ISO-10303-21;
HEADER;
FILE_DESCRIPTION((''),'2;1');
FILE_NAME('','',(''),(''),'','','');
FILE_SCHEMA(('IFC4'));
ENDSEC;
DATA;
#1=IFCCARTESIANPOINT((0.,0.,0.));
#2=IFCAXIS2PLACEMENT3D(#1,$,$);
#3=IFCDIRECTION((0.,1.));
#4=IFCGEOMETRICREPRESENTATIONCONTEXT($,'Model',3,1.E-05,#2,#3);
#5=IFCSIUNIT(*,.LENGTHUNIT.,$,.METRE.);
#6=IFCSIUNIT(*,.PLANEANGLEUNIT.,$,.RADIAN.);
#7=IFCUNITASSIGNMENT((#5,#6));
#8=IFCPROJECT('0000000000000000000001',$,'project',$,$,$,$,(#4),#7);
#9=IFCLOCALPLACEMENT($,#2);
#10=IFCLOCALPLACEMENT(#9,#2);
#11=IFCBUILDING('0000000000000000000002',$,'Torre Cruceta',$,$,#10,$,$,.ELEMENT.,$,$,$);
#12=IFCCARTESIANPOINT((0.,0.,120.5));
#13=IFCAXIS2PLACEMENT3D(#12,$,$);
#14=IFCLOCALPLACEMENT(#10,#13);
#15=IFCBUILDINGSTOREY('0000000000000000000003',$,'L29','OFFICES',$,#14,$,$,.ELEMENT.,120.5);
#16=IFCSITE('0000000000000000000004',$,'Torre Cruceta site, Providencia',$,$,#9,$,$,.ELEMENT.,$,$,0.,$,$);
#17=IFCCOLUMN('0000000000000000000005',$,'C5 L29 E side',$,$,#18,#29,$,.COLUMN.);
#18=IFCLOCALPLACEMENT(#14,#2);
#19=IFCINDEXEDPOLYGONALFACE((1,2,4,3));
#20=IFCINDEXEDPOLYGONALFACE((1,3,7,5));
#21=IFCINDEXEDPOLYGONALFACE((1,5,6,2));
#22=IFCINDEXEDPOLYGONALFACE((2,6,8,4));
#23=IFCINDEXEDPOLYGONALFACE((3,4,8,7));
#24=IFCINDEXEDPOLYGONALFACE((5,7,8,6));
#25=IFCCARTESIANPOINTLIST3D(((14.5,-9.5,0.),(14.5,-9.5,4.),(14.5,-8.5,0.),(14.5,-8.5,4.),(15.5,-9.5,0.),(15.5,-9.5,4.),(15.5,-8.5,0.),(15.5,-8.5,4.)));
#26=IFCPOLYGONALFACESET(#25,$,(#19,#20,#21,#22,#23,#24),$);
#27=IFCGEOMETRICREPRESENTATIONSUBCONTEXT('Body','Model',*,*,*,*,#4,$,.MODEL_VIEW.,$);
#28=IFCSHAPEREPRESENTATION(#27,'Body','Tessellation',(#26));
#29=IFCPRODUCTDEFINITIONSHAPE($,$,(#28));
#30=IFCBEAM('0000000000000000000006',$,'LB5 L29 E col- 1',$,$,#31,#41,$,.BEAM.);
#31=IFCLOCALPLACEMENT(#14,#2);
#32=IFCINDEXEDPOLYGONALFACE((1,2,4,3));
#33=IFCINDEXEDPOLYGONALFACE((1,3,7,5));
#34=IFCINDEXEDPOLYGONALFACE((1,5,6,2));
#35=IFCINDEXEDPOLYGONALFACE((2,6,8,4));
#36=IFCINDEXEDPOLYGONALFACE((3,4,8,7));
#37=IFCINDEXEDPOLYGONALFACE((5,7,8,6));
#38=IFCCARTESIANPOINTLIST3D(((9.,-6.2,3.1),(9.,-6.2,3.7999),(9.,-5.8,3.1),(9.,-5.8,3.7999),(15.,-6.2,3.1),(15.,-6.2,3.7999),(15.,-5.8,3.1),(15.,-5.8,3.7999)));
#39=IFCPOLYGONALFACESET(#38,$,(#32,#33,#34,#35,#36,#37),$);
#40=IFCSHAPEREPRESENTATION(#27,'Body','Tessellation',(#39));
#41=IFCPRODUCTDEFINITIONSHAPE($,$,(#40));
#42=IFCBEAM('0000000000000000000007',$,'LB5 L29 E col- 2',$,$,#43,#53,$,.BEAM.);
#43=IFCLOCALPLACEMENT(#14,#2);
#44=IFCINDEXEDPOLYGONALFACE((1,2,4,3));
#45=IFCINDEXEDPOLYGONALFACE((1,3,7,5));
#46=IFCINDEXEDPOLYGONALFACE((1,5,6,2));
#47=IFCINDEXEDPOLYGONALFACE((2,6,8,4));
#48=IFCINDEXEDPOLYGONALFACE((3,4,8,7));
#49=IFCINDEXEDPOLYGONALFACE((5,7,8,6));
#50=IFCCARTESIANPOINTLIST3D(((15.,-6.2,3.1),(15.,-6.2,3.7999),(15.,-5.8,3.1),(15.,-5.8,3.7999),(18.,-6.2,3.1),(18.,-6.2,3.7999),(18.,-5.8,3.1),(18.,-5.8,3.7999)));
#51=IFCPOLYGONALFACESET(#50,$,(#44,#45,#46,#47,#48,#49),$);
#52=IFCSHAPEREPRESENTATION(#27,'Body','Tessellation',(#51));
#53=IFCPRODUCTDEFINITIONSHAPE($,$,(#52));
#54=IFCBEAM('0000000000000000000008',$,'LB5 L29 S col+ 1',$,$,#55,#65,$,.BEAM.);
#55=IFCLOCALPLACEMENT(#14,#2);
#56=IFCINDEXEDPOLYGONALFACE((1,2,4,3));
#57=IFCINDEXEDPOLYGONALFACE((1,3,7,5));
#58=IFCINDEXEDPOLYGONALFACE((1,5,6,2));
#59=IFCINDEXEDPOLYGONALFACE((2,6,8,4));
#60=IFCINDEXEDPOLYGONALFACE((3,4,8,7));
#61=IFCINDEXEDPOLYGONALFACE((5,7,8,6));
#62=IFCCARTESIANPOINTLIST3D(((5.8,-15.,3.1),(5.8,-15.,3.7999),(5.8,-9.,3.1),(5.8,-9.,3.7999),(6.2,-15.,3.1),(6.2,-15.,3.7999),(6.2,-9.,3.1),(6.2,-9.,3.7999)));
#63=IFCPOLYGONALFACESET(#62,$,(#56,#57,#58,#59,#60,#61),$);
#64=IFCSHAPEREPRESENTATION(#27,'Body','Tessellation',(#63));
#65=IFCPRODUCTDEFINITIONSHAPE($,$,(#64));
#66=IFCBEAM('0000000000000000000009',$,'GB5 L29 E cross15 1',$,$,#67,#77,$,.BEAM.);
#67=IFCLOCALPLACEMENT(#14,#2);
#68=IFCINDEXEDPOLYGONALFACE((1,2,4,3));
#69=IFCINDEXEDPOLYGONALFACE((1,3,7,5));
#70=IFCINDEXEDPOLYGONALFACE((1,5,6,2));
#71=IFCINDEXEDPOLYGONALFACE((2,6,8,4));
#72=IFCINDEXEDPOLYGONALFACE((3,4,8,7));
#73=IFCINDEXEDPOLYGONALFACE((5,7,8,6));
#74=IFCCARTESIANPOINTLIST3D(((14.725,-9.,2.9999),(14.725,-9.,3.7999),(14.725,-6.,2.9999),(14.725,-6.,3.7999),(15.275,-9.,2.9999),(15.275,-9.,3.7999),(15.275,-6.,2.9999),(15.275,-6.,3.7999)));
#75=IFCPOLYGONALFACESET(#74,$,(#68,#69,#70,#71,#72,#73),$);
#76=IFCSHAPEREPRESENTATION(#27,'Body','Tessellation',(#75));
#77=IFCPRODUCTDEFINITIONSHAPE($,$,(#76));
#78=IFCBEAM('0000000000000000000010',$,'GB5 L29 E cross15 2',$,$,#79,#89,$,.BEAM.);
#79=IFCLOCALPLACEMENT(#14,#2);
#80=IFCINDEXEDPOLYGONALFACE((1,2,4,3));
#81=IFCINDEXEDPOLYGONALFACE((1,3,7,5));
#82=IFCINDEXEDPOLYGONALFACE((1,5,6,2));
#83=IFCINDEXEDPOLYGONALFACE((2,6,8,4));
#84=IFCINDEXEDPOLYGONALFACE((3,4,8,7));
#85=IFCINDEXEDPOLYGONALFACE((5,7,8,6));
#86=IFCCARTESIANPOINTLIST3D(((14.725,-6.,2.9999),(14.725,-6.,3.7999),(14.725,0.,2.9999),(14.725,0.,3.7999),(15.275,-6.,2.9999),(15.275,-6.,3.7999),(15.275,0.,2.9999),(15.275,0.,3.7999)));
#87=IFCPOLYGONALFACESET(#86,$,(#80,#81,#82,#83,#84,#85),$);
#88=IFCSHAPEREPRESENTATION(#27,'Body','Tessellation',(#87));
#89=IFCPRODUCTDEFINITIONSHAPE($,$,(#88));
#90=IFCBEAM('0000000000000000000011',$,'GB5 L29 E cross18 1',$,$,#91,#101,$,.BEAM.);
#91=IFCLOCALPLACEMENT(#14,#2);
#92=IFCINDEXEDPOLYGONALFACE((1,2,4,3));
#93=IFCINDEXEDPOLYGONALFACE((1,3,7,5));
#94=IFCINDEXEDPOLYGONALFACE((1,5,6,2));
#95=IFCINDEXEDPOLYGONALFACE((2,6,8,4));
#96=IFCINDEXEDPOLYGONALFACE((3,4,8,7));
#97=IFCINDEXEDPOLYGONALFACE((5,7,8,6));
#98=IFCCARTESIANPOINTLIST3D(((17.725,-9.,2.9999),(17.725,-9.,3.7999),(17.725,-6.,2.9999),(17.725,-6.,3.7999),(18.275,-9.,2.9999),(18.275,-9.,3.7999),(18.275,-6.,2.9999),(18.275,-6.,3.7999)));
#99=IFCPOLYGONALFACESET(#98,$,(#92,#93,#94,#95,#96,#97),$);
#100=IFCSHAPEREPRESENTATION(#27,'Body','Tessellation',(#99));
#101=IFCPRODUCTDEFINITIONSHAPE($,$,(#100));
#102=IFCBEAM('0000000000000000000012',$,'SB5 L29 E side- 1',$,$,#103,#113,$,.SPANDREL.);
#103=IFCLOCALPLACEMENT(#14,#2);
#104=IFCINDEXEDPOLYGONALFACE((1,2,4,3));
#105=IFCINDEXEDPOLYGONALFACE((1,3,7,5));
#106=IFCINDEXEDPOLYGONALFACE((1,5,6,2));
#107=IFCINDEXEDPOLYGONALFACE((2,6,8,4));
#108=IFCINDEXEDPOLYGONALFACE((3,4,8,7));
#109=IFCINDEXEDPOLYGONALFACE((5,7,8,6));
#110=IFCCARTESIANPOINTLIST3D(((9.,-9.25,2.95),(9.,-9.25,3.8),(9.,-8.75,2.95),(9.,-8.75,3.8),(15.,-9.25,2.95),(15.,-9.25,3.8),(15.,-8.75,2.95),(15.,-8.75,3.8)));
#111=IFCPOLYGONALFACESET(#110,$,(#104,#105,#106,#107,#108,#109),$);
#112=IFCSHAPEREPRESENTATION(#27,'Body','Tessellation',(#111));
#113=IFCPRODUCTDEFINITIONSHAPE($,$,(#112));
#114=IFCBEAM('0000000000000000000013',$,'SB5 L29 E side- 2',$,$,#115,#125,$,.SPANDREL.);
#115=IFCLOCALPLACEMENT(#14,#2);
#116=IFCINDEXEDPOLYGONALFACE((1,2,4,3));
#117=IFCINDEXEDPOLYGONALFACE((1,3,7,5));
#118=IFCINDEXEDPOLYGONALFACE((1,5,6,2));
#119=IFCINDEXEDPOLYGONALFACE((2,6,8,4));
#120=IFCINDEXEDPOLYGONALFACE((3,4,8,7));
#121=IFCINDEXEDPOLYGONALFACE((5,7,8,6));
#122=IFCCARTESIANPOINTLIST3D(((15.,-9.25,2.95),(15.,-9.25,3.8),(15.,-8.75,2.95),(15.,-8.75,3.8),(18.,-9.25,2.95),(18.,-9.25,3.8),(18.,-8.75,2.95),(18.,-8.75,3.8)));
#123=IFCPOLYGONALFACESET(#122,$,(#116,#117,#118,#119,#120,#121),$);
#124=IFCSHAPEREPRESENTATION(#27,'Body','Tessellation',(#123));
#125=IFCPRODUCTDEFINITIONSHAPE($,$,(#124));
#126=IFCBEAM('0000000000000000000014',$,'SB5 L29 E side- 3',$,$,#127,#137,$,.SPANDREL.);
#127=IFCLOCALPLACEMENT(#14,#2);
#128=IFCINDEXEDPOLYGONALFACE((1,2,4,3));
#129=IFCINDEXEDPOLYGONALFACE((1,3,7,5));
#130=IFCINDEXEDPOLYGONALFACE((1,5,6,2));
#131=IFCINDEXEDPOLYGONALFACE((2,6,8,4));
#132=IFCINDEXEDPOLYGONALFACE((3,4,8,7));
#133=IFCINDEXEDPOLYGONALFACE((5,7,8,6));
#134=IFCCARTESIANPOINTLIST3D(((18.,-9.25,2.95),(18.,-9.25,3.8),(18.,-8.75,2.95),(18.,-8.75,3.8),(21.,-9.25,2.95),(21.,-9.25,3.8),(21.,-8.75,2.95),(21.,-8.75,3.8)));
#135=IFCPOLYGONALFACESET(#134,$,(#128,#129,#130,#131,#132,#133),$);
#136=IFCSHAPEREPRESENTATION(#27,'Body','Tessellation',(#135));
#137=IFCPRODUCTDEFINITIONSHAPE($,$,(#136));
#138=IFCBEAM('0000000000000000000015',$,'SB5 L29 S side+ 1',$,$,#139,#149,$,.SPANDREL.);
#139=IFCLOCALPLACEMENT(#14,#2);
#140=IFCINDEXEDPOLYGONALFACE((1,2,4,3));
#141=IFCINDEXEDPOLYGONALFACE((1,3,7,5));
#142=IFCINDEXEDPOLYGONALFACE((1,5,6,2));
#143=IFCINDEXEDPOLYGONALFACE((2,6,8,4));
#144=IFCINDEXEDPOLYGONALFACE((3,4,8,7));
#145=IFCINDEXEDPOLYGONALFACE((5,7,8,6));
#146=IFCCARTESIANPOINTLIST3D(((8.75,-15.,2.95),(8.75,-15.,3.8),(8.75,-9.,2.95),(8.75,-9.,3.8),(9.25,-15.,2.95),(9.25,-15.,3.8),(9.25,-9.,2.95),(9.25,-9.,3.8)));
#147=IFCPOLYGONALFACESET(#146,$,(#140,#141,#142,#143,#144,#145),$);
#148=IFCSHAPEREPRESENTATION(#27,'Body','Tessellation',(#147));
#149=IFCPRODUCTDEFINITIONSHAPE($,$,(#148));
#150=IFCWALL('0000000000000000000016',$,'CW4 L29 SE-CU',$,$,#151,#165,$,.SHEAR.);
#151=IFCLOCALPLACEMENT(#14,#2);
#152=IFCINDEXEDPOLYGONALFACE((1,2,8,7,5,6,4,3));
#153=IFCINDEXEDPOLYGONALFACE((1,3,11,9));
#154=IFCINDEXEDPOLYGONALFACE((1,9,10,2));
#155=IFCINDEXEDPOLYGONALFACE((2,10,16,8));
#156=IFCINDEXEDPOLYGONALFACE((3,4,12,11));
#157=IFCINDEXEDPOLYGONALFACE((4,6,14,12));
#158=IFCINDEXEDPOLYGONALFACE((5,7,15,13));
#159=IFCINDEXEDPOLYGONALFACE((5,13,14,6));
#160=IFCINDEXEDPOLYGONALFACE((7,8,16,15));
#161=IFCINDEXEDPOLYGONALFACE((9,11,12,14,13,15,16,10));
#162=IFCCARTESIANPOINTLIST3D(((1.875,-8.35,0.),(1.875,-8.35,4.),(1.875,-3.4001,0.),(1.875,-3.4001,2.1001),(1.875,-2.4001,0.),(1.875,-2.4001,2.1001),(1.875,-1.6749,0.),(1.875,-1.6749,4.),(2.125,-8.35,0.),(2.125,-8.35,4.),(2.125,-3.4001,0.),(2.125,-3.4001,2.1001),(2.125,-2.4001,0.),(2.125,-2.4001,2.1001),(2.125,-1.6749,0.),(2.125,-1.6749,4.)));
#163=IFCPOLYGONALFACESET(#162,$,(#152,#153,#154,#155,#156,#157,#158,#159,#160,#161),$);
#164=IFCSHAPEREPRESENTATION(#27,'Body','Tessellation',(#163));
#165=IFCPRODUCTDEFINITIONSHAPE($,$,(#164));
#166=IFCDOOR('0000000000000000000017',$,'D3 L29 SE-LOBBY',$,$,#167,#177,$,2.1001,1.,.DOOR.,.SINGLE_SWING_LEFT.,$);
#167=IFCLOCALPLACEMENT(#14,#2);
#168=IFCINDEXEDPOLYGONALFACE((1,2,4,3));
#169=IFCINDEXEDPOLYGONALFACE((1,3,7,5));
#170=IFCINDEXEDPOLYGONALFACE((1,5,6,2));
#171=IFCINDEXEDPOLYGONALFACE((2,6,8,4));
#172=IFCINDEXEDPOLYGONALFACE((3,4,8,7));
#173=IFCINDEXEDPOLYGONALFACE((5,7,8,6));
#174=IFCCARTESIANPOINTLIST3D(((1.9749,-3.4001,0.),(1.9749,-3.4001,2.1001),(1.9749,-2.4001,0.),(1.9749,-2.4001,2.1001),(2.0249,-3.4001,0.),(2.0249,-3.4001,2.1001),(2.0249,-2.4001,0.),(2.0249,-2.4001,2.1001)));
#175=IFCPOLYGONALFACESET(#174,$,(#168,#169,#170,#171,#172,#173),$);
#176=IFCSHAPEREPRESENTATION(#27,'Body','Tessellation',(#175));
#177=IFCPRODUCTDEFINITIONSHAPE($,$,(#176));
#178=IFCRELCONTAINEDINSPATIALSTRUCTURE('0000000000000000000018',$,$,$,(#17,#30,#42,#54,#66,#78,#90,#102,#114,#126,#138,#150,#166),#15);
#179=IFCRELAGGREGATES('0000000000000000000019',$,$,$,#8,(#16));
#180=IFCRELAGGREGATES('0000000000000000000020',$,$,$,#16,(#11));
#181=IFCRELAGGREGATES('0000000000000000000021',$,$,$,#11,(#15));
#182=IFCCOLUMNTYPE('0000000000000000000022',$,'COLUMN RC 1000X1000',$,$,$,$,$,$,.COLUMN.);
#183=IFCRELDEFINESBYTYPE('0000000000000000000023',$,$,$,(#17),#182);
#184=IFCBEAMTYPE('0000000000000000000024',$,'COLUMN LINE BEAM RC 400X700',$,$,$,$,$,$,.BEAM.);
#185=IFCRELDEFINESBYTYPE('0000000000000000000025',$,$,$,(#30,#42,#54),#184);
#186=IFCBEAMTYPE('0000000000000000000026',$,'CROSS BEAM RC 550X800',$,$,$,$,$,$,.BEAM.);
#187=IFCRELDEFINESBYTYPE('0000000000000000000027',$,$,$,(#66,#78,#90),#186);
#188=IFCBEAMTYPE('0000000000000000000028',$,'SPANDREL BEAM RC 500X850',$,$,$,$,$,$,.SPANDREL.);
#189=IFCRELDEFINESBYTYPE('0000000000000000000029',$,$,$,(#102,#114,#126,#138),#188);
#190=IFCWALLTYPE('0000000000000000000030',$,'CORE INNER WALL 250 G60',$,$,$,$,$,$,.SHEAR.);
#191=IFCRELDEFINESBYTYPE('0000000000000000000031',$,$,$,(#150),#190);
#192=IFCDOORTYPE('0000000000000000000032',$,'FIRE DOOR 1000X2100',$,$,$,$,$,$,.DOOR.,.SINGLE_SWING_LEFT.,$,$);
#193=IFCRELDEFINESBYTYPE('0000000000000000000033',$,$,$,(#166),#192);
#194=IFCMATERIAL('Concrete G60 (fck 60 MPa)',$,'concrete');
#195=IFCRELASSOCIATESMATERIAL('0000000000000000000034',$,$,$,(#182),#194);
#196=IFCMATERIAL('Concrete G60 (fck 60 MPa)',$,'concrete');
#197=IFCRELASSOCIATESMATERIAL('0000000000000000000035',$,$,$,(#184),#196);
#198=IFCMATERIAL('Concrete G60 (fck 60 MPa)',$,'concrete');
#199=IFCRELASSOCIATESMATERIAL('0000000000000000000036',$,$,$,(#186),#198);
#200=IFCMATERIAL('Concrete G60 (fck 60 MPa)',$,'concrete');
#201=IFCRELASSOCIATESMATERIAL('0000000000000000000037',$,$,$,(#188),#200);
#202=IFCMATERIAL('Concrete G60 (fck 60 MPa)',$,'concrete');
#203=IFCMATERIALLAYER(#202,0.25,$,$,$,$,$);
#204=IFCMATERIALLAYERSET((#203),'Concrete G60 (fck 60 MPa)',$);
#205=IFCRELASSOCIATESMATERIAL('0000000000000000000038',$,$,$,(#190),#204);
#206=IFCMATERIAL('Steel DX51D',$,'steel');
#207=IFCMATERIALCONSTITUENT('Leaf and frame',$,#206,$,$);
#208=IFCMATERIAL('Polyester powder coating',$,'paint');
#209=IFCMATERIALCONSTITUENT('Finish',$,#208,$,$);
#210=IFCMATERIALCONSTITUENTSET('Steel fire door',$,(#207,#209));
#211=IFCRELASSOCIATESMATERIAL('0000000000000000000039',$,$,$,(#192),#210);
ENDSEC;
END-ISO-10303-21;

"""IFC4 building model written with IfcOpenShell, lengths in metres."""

from ifc_helpers import new_model, si_unit, direction, frame, frame_2d, origin, origin_2d, place, context, subcontext, project, spatial, rectangle, extrude, material, layer, layer_set, constituent, constituent_set, material_profile, profile_set, type_object, element, fill, save


model = new_model("IFC4")

# Units and contexts
model_context = context("Model", 3, precision=1e-05, world=origin(), true_north=direction((0.0, 1.0)))
body_context = subcontext(model_context, "Body", "Model", "MODEL_VIEW")
ifc_project = project(units=[si_unit("LENGTHUNIT", "METRE"), si_unit("PLANEANGLEUNIT", "RADIAN")], contexts=[model_context])

# Site, building, storey
site_placement = place(None, origin())
site = spatial("IfcSite", under=ifc_project, at=site_placement, Name="Torre Cruceta site, Providencia", CompositionType="ELEMENT", RefElevation=0.0)
building_placement = place(site_placement, origin())
building = spatial("IfcBuilding", under=site, at=building_placement, Name="Torre Cruceta", CompositionType="ELEMENT")
storey_placement = place(building_placement, frame((0.0, 0.0, 120.5)))
storey = spatial("IfcBuildingStorey", under=building, at=storey_placement, Name="L29", Description="OFFICES", CompositionType="ELEMENT", Elevation=120.5)

# Column
ifc_material_1 = material(Name="Concrete G60 (fck 60 MPa)", Category="concrete")
ifc_material_profile_1 = material_profile(ifc_material_1, rectangle(XDim=1.0, YDim=1.0, at=origin_2d()), Name="RC 1000X1000")
ifc_profile_set_1 = profile_set([ifc_material_profile_1], Name="Concrete G60 (fck 60 MPa)")
column_type = type_object("IfcColumnType", Name="COLUMN RC 1000X1000", PredefinedType="COLUMN", material=ifc_profile_set_1)
column_placement = place(storey_placement, frame((15.0, -9.0, 0.0), z_axis=(0.0, 0.0, 1.0), x_axis=(1.0, 0.0, 0.0)))
element("IfcColumn", 1, at=column_placement, inside=storey, type_object=column_type, Name="C5 L29 E side", PredefinedType="COLUMN", context=body_context, shape_type="SweptSolid", body=[
    extrude(rectangle(XDim=1.0, YDim=1.0, at=origin_2d()), origin(), (0.0, 0.0, 1.0), 4.0),
])

# Beams
ifc_material_2 = material(Name="Concrete G60 (fck 60 MPa)", Category="concrete")
ifc_material_profile_2 = material_profile(ifc_material_2, rectangle(XDim=0.3999, YDim=0.7, at=origin_2d()), Name="RC 400X700")
ifc_profile_set_2 = profile_set([ifc_material_profile_2], Name="Concrete G60 (fck 60 MPa)")
beam_type_1 = type_object("IfcBeamType", Name="COLUMN LINE BEAM RC 400X700", PredefinedType="BEAM", material=ifc_profile_set_2)
beam_1_placement = place(storey_placement, frame((9.0, -6.0, 3.45), z_axis=(1.0, 0.0, 0.0), x_axis=(0.0, 1.0, 0.0)))
element("IfcBeam", 2, at=beam_1_placement, inside=storey, type_object=beam_type_1, Name="LB5 L29 E col- 1", PredefinedType="BEAM", context=body_context, shape_type="SweptSolid", body=[
    extrude(rectangle(XDim=0.3999, YDim=0.7, at=origin_2d()), origin(), (0.0, 0.0, 1.0), 6.0),
])
beam_2_placement = place(storey_placement, frame((15.0, -6.0, 3.45), z_axis=(1.0, 0.0, 0.0), x_axis=(0.0, 1.0, 0.0)))
element("IfcBeam", 3, at=beam_2_placement, inside=storey, type_object=beam_type_1, Name="LB5 L29 E col- 2", PredefinedType="BEAM", context=body_context, shape_type="SweptSolid", body=[
    extrude(rectangle(XDim=0.3999, YDim=0.7, at=origin_2d()), origin(), (0.0, 0.0, 1.0), 3.0),
])
beam_3_placement = place(storey_placement, frame((6.0, -9.0, 3.45), z_axis=(0.0, -1.0, 0.0), x_axis=(1.0, 0.0, 0.0)))
element("IfcBeam", 4, at=beam_3_placement, inside=storey, type_object=beam_type_1, Name="LB5 L29 S col+ 1", PredefinedType="BEAM", context=body_context, shape_type="SweptSolid", body=[
    extrude(rectangle(XDim=0.3999, YDim=0.7, at=origin_2d()), origin(), (0.0, 0.0, 1.0), 6.0),
])
ifc_material_3 = material(Name="Concrete G60 (fck 60 MPa)", Category="concrete")
ifc_material_profile_3 = material_profile(ifc_material_3, rectangle(XDim=0.55, YDim=0.8, at=origin_2d()), Name="RC 550X800")
ifc_profile_set_3 = profile_set([ifc_material_profile_3], Name="Concrete G60 (fck 60 MPa)")
beam_type_2 = type_object("IfcBeamType", Name="CROSS BEAM RC 550X800", PredefinedType="BEAM", material=ifc_profile_set_3)
beam_4_placement = place(storey_placement, frame((15.0, -9.0, 3.3999), z_axis=(0.0, 1.0, 0.0), x_axis=(-1.0, 0.0, 0.0)))
element("IfcBeam", 5, at=beam_4_placement, inside=storey, type_object=beam_type_2, Name="GB5 L29 E cross15 1", PredefinedType="BEAM", context=body_context, shape_type="SweptSolid", body=[
    extrude(rectangle(XDim=0.55, YDim=0.8, at=origin_2d()), origin(), (0.0, 0.0, 1.0), 3.0),
])
beam_5_placement = place(storey_placement, frame((15.0, -6.0, 3.3999), z_axis=(0.0, 1.0, 0.0), x_axis=(-1.0, 0.0, 0.0)))
element("IfcBeam", 6, at=beam_5_placement, inside=storey, type_object=beam_type_2, Name="GB5 L29 E cross15 2", PredefinedType="BEAM", context=body_context, shape_type="SweptSolid", body=[
    extrude(rectangle(XDim=0.55, YDim=0.8, at=origin_2d()), origin(), (0.0, 0.0, 1.0), 6.0),
])
beam_6_placement = place(storey_placement, frame((18.0, -9.0, 3.3999), z_axis=(0.0, 1.0, 0.0), x_axis=(-1.0, 0.0, 0.0)))
element("IfcBeam", 7, at=beam_6_placement, inside=storey, type_object=beam_type_2, Name="GB5 L29 E cross18 1", PredefinedType="BEAM", context=body_context, shape_type="SweptSolid", body=[
    extrude(rectangle(XDim=0.55, YDim=0.8, at=origin_2d()), origin(), (0.0, 0.0, 1.0), 3.0),
])
ifc_material_4 = material(Name="Concrete G60 (fck 60 MPa)", Category="concrete")
ifc_material_profile_4 = material_profile(ifc_material_4, rectangle(XDim=0.5, YDim=0.8501, at=origin_2d()), Name="RC 500X850")
ifc_profile_set_4 = profile_set([ifc_material_profile_4], Name="Concrete G60 (fck 60 MPa)")
beam_type_3 = type_object("IfcBeamType", Name="SPANDREL BEAM RC 500X850", PredefinedType="SPANDREL", material=ifc_profile_set_4)
beam_7_placement = place(storey_placement, frame((9.0, -9.0, 3.375), z_axis=(1.0, 0.0, 0.0), x_axis=(0.0, 1.0, 0.0)))
element("IfcBeam", 8, at=beam_7_placement, inside=storey, type_object=beam_type_3, Name="SB5 L29 E side- 1", PredefinedType="SPANDREL", context=body_context, shape_type="SweptSolid", body=[
    extrude(rectangle(XDim=0.5, YDim=0.8501, at=origin_2d()), origin(), (0.0, 0.0, 1.0), 6.0),
])
for number, where, z_axis, x_axis, name in (
    (9, (15.0, -9.0, 3.375), (1.0, 0.0, 0.0), (0.0, 1.0, 0.0), "SB5 L29 E side- 2"),
    (10, (18.0, -9.0, 3.375), (1.0, 0.0, 0.0), (0.0, 1.0, 0.0), "SB5 L29 E side- 3"),
):
    element("IfcBeam", number, at=place(storey_placement, frame(where, z_axis=z_axis, x_axis=x_axis)), inside=storey, type_object=beam_type_3, Name=name, PredefinedType="SPANDREL", context=body_context, shape_type="SweptSolid", body=[
        extrude(rectangle(XDim=0.5, YDim=0.8501, at=origin_2d()), origin(), (0.0, 0.0, 1.0), 3.0),
    ])
beam_8_placement = place(storey_placement, frame((9.0, -9.0, 3.375), z_axis=(0.0, -1.0, 0.0), x_axis=(1.0, 0.0, 0.0)))
element("IfcBeam", 11, at=beam_8_placement, inside=storey, type_object=beam_type_3, Name="SB5 L29 S side+ 1", PredefinedType="SPANDREL", context=body_context, shape_type="SweptSolid", body=[
    extrude(rectangle(XDim=0.5, YDim=0.8501, at=origin_2d()), origin(), (0.0, 0.0, 1.0), 6.0),
])

# Wall, opening, door
ifc_material_5 = material(Name="Concrete G60 (fck 60 MPa)", Category="concrete")
ifc_layer_1 = layer(ifc_material_5, 0.25)
ifc_layer_set_1 = layer_set([ifc_layer_1], Name="Concrete G60 (fck 60 MPa)")
wall_type_1 = type_object("IfcWallType", Name="CORE INNER WALL 250 G60", PredefinedType="SHEAR", material=ifc_layer_set_1)
wall_1_placement = place(storey_placement, frame((2.0, -1.675, 0.0), z_axis=(0.0, 0.0, 1.0), x_axis=(0.0, -1.0, 0.0)))
wall_1 = element("IfcWall", 12, at=wall_1_placement, inside=storey, type_object=wall_type_1, Name="CW4 L29 SE-CU", PredefinedType="SHEAR", context=body_context, shape_type="SweptSolid", body=[
    extrude(rectangle(XDim=6.675, YDim=0.25, at=frame_2d((3.3374, 0.0))), origin(), (0.0, 0.0, 1.0), 4.0),
])
opening_1_placement = place(wall_1_placement, frame((0.7251, 0.0, 0.0)))
opening_1 = element("IfcOpeningElement", 13, at=opening_1_placement, cuts=wall_1, PredefinedType="OPENING", context=body_context, shape_type="SweptSolid", body=[
    extrude(rectangle(XDim=1.0, YDim=2.1001, at=frame_2d((0.5, 1.05))), frame((0.0, 0.135, 0.0), z_axis=(0.0, -1.0, 0.0), x_axis=(1.0, 0.0, 0.0)), (0.0, 0.0, 1.0), 0.27),
])
ifc_material_6 = material(Name="Steel DX51D", Category="steel")
ifc_constituent_1 = constituent(ifc_material_6, Name="Leaf and frame")
ifc_material_7 = material(Name="Polyester powder coating", Category="paint")
ifc_constituent_2 = constituent(ifc_material_7, Name="Finish")
ifc_constituent_set_1 = constituent_set(constituents=[ifc_constituent_1, ifc_constituent_2], Name="Steel fire door")
door_type_1 = type_object("IfcDoorType", Name="FIRE DOOR 1000X2100", OperationType="SINGLE_SWING_LEFT", PredefinedType="DOOR", material=ifc_constituent_set_1)
door_1_placement = place(opening_1_placement, origin())
door_1 = element("IfcDoor", 14, at=door_1_placement, inside=storey, type_object=door_type_1, Name="D3 L29 SE-LOBBY", OperationType="SINGLE_SWING_LEFT", OverallHeight=2.1001, OverallWidth=1.0, PredefinedType="DOOR", context=body_context, shape_type="SweptSolid", body=[
    extrude(rectangle(XDim=1.0, YDim=2.1001, at=frame_2d((0.5, 1.05))), frame((0.0, 0.0249, 0.0), z_axis=(0.0, -1.0, 0.0), x_axis=(1.0, 0.0, 0.0)), (0.0, 0.0, 1.0), 0.05),
])
fill(opening_1, door_1)

save(model, "model.ifc")
